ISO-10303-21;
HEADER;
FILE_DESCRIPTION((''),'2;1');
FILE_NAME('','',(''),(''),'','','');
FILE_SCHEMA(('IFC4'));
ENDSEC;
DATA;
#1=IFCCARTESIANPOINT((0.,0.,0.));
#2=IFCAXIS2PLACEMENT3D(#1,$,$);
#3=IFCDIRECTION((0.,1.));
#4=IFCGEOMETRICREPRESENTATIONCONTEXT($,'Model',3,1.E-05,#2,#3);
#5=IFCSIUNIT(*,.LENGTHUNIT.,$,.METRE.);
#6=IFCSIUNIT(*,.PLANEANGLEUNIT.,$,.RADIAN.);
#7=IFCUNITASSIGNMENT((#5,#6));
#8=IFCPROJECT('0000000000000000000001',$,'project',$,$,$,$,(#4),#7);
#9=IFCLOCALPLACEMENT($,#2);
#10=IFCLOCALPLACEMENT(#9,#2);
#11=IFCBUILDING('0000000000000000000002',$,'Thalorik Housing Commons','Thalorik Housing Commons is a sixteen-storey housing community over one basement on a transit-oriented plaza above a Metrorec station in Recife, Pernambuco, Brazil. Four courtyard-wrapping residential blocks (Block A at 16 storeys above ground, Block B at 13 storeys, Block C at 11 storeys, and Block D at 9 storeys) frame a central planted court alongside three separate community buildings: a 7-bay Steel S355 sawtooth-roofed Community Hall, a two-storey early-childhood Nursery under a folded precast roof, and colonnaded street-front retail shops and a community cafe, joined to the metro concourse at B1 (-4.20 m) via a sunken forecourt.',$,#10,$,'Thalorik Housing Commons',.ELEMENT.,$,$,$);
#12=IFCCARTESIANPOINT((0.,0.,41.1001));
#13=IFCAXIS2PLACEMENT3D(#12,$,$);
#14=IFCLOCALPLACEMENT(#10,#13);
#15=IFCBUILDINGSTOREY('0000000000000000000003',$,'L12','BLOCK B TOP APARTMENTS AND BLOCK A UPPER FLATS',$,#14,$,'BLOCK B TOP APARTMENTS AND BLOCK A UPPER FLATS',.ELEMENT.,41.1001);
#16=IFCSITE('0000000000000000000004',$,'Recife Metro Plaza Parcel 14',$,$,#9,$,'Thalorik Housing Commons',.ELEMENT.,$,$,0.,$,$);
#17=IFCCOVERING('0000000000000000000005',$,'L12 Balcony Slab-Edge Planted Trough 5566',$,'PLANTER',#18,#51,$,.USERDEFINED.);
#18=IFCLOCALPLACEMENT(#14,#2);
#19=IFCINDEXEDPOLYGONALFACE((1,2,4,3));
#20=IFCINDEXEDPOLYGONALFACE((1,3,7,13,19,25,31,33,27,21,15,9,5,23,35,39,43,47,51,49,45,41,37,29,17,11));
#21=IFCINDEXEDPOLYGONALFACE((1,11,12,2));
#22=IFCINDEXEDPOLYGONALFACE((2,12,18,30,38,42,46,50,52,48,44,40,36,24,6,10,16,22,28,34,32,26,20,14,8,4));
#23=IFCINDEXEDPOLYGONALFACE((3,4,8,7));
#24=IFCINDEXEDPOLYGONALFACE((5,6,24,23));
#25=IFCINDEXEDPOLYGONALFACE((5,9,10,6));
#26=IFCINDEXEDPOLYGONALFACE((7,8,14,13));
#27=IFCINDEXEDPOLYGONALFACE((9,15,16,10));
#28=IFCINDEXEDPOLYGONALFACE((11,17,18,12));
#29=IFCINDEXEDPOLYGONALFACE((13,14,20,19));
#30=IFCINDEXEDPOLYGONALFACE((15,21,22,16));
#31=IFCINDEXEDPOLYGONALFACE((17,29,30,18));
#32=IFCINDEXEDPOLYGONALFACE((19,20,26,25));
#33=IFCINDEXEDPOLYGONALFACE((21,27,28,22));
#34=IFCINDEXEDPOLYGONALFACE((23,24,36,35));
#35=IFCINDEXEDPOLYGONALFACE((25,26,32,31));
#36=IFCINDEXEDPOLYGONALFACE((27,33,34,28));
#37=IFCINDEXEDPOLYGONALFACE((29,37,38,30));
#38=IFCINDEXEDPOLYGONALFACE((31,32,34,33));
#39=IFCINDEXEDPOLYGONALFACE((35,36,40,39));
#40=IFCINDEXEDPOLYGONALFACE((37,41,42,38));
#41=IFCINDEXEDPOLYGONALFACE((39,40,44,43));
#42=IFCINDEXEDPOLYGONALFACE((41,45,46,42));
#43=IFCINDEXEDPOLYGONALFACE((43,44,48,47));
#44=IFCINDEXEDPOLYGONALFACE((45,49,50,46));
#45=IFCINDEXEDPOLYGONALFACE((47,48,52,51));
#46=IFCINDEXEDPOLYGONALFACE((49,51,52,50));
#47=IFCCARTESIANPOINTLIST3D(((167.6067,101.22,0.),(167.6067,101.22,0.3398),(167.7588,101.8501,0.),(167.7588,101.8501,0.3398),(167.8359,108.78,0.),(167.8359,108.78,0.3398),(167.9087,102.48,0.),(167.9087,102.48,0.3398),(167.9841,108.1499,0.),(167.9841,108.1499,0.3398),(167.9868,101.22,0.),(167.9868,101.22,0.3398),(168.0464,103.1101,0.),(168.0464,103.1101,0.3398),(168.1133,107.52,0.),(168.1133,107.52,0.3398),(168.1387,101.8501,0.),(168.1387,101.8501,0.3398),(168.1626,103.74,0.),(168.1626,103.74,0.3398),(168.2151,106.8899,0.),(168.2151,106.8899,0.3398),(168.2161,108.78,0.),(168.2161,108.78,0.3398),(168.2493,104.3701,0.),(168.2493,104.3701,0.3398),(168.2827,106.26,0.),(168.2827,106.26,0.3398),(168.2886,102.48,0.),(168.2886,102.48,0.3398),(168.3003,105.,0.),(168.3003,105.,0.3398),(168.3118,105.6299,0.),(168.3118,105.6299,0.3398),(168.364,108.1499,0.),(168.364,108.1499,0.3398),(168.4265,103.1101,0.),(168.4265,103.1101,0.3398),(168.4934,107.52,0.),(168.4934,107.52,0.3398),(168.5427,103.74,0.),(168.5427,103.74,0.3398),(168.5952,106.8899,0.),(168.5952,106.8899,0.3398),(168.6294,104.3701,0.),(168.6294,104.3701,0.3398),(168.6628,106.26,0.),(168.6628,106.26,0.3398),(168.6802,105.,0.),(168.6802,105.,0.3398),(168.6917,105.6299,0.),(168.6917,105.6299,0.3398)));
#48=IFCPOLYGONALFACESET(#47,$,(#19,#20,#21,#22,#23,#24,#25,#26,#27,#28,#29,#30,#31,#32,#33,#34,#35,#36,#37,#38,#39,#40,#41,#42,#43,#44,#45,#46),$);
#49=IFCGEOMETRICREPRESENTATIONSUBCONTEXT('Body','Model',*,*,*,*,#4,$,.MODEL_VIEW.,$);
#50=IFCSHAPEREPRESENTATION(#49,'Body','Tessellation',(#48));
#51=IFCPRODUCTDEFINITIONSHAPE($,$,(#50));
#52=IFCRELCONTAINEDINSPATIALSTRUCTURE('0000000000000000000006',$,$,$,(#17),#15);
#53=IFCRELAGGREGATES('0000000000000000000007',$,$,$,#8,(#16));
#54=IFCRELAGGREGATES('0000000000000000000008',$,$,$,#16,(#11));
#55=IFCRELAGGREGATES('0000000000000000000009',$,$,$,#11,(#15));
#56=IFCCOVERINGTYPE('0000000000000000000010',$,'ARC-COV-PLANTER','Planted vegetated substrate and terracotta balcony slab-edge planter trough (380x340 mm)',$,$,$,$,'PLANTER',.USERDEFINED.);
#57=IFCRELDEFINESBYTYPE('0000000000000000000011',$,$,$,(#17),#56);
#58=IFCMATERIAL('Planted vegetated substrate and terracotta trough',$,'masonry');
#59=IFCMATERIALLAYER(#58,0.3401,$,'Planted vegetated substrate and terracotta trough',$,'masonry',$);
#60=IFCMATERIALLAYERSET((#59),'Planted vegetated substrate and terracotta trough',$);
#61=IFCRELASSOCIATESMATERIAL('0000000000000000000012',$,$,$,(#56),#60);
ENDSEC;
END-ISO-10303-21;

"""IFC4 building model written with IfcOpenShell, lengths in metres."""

from ifc_helpers import new_model, si_unit, direction, frame, origin, place, context, subcontext, project, spatial, polyline, outline, extrude, material, layer, layer_set, type_object, element, save


model = new_model("IFC4")

# Units and contexts
model_context = context("Model", 3, precision=1e-05, world=origin(), true_north=direction((0.0, 1.0)))
body_context = subcontext(model_context, "Body", "Model", "MODEL_VIEW")
ifc_project = project(units=[si_unit("LENGTHUNIT", "METRE"), si_unit("PLANEANGLEUNIT", "RADIAN")], contexts=[model_context])

# Site, building, storey
site_placement = place(None, origin())
site = spatial("IfcSite", under=ifc_project, at=site_placement, Name="Recife Metro Plaza Parcel 14", LongName="Thalorik Housing Commons", CompositionType="ELEMENT", RefElevation=0.0)
building_placement = place(site_placement, origin())
building = spatial("IfcBuilding", under=site, at=building_placement, Name="Thalorik Housing Commons", Description="Thalorik Housing Commons is a sixteen-storey housing community over one basement on a transit-oriented plaza above a Metrorec station in Recife, Pernambuco, Brazil. Four courtyard-wrapping residential blocks (Block A at 16 storeys above ground, Block B at 13 storeys, Block C at 11 storeys, and Block D at 9 storeys) frame a central planted court alongside three separate community buildings: a 7-bay Steel S355 sawtooth-roofed Community Hall, a two-storey early-childhood Nursery under a folded precast roof, and colonnaded street-front retail shops and a community cafe, joined to the metro concourse at B1 (-4.20 m) via a sunken forecourt.", LongName="Thalorik Housing Commons", CompositionType="ELEMENT")
storey_placement = place(building_placement, frame((0.0, 0.0, 41.1001)))
storey = spatial("IfcBuildingStorey", under=building, at=storey_placement, Name="L12", Description="BLOCK B TOP APARTMENTS AND BLOCK A UPPER FLATS", LongName="BLOCK B TOP APARTMENTS AND BLOCK A UPPER FLATS", CompositionType="ELEMENT", Elevation=41.1001)

# Covering
ifc_material_1 = material(Name="Planted vegetated substrate and terracotta trough", Category="masonry")
ifc_layer_1 = layer(ifc_material_1, 0.3401, Name="Planted vegetated substrate and terracotta trough", Category="masonry")
ifc_layer_set_1 = layer_set([ifc_layer_1], Name="Planted vegetated substrate and terracotta trough")
covering_type_1 = type_object("IfcCoveringType", Name="ARC-COV-PLANTER", Description="Planted vegetated substrate and terracotta balcony slab-edge planter trough (380x340 mm)", ElementType="PLANTER", PredefinedType="USERDEFINED", material=ifc_layer_set_1)
covering_1_placement = place(storey_placement, origin())
element("IfcCovering", 1, at=covering_1_placement, inside=storey, type_object=covering_type_1, Name="L12 Balcony Slab-Edge Planted Trough 5566", ObjectType="PLANTER", PredefinedType="USERDEFINED", context=body_context, shape_type="SweptSolid", body=[
    extrude(outline(polyline([(167.9868, 101.22), (168.1387, 101.8501), (168.2886, 102.48), (168.4265, 103.1101), (168.5427, 103.74), (168.6294, 104.3701), (168.6802, 105.0), (168.6917, 105.6299), (168.6628, 106.26), (168.5952, 106.8899), (168.4934, 107.52), (168.364, 108.1499), (168.2161, 108.78), (167.8359, 108.78), (167.9841, 108.1499), (168.1133, 107.52), (168.2151, 106.8899), (168.2827, 106.26), (168.3118, 105.6299), (168.3003, 105.0), (168.2493, 104.3701), (168.1626, 103.74), (168.0464, 103.1101), (167.9087, 102.48), (167.7588, 101.8501), (167.6067, 101.22), (167.9868, 101.22)])), origin(), (0.0, 0.0, 1.0), 0.3398),
])

save(model, "model.ifc")
